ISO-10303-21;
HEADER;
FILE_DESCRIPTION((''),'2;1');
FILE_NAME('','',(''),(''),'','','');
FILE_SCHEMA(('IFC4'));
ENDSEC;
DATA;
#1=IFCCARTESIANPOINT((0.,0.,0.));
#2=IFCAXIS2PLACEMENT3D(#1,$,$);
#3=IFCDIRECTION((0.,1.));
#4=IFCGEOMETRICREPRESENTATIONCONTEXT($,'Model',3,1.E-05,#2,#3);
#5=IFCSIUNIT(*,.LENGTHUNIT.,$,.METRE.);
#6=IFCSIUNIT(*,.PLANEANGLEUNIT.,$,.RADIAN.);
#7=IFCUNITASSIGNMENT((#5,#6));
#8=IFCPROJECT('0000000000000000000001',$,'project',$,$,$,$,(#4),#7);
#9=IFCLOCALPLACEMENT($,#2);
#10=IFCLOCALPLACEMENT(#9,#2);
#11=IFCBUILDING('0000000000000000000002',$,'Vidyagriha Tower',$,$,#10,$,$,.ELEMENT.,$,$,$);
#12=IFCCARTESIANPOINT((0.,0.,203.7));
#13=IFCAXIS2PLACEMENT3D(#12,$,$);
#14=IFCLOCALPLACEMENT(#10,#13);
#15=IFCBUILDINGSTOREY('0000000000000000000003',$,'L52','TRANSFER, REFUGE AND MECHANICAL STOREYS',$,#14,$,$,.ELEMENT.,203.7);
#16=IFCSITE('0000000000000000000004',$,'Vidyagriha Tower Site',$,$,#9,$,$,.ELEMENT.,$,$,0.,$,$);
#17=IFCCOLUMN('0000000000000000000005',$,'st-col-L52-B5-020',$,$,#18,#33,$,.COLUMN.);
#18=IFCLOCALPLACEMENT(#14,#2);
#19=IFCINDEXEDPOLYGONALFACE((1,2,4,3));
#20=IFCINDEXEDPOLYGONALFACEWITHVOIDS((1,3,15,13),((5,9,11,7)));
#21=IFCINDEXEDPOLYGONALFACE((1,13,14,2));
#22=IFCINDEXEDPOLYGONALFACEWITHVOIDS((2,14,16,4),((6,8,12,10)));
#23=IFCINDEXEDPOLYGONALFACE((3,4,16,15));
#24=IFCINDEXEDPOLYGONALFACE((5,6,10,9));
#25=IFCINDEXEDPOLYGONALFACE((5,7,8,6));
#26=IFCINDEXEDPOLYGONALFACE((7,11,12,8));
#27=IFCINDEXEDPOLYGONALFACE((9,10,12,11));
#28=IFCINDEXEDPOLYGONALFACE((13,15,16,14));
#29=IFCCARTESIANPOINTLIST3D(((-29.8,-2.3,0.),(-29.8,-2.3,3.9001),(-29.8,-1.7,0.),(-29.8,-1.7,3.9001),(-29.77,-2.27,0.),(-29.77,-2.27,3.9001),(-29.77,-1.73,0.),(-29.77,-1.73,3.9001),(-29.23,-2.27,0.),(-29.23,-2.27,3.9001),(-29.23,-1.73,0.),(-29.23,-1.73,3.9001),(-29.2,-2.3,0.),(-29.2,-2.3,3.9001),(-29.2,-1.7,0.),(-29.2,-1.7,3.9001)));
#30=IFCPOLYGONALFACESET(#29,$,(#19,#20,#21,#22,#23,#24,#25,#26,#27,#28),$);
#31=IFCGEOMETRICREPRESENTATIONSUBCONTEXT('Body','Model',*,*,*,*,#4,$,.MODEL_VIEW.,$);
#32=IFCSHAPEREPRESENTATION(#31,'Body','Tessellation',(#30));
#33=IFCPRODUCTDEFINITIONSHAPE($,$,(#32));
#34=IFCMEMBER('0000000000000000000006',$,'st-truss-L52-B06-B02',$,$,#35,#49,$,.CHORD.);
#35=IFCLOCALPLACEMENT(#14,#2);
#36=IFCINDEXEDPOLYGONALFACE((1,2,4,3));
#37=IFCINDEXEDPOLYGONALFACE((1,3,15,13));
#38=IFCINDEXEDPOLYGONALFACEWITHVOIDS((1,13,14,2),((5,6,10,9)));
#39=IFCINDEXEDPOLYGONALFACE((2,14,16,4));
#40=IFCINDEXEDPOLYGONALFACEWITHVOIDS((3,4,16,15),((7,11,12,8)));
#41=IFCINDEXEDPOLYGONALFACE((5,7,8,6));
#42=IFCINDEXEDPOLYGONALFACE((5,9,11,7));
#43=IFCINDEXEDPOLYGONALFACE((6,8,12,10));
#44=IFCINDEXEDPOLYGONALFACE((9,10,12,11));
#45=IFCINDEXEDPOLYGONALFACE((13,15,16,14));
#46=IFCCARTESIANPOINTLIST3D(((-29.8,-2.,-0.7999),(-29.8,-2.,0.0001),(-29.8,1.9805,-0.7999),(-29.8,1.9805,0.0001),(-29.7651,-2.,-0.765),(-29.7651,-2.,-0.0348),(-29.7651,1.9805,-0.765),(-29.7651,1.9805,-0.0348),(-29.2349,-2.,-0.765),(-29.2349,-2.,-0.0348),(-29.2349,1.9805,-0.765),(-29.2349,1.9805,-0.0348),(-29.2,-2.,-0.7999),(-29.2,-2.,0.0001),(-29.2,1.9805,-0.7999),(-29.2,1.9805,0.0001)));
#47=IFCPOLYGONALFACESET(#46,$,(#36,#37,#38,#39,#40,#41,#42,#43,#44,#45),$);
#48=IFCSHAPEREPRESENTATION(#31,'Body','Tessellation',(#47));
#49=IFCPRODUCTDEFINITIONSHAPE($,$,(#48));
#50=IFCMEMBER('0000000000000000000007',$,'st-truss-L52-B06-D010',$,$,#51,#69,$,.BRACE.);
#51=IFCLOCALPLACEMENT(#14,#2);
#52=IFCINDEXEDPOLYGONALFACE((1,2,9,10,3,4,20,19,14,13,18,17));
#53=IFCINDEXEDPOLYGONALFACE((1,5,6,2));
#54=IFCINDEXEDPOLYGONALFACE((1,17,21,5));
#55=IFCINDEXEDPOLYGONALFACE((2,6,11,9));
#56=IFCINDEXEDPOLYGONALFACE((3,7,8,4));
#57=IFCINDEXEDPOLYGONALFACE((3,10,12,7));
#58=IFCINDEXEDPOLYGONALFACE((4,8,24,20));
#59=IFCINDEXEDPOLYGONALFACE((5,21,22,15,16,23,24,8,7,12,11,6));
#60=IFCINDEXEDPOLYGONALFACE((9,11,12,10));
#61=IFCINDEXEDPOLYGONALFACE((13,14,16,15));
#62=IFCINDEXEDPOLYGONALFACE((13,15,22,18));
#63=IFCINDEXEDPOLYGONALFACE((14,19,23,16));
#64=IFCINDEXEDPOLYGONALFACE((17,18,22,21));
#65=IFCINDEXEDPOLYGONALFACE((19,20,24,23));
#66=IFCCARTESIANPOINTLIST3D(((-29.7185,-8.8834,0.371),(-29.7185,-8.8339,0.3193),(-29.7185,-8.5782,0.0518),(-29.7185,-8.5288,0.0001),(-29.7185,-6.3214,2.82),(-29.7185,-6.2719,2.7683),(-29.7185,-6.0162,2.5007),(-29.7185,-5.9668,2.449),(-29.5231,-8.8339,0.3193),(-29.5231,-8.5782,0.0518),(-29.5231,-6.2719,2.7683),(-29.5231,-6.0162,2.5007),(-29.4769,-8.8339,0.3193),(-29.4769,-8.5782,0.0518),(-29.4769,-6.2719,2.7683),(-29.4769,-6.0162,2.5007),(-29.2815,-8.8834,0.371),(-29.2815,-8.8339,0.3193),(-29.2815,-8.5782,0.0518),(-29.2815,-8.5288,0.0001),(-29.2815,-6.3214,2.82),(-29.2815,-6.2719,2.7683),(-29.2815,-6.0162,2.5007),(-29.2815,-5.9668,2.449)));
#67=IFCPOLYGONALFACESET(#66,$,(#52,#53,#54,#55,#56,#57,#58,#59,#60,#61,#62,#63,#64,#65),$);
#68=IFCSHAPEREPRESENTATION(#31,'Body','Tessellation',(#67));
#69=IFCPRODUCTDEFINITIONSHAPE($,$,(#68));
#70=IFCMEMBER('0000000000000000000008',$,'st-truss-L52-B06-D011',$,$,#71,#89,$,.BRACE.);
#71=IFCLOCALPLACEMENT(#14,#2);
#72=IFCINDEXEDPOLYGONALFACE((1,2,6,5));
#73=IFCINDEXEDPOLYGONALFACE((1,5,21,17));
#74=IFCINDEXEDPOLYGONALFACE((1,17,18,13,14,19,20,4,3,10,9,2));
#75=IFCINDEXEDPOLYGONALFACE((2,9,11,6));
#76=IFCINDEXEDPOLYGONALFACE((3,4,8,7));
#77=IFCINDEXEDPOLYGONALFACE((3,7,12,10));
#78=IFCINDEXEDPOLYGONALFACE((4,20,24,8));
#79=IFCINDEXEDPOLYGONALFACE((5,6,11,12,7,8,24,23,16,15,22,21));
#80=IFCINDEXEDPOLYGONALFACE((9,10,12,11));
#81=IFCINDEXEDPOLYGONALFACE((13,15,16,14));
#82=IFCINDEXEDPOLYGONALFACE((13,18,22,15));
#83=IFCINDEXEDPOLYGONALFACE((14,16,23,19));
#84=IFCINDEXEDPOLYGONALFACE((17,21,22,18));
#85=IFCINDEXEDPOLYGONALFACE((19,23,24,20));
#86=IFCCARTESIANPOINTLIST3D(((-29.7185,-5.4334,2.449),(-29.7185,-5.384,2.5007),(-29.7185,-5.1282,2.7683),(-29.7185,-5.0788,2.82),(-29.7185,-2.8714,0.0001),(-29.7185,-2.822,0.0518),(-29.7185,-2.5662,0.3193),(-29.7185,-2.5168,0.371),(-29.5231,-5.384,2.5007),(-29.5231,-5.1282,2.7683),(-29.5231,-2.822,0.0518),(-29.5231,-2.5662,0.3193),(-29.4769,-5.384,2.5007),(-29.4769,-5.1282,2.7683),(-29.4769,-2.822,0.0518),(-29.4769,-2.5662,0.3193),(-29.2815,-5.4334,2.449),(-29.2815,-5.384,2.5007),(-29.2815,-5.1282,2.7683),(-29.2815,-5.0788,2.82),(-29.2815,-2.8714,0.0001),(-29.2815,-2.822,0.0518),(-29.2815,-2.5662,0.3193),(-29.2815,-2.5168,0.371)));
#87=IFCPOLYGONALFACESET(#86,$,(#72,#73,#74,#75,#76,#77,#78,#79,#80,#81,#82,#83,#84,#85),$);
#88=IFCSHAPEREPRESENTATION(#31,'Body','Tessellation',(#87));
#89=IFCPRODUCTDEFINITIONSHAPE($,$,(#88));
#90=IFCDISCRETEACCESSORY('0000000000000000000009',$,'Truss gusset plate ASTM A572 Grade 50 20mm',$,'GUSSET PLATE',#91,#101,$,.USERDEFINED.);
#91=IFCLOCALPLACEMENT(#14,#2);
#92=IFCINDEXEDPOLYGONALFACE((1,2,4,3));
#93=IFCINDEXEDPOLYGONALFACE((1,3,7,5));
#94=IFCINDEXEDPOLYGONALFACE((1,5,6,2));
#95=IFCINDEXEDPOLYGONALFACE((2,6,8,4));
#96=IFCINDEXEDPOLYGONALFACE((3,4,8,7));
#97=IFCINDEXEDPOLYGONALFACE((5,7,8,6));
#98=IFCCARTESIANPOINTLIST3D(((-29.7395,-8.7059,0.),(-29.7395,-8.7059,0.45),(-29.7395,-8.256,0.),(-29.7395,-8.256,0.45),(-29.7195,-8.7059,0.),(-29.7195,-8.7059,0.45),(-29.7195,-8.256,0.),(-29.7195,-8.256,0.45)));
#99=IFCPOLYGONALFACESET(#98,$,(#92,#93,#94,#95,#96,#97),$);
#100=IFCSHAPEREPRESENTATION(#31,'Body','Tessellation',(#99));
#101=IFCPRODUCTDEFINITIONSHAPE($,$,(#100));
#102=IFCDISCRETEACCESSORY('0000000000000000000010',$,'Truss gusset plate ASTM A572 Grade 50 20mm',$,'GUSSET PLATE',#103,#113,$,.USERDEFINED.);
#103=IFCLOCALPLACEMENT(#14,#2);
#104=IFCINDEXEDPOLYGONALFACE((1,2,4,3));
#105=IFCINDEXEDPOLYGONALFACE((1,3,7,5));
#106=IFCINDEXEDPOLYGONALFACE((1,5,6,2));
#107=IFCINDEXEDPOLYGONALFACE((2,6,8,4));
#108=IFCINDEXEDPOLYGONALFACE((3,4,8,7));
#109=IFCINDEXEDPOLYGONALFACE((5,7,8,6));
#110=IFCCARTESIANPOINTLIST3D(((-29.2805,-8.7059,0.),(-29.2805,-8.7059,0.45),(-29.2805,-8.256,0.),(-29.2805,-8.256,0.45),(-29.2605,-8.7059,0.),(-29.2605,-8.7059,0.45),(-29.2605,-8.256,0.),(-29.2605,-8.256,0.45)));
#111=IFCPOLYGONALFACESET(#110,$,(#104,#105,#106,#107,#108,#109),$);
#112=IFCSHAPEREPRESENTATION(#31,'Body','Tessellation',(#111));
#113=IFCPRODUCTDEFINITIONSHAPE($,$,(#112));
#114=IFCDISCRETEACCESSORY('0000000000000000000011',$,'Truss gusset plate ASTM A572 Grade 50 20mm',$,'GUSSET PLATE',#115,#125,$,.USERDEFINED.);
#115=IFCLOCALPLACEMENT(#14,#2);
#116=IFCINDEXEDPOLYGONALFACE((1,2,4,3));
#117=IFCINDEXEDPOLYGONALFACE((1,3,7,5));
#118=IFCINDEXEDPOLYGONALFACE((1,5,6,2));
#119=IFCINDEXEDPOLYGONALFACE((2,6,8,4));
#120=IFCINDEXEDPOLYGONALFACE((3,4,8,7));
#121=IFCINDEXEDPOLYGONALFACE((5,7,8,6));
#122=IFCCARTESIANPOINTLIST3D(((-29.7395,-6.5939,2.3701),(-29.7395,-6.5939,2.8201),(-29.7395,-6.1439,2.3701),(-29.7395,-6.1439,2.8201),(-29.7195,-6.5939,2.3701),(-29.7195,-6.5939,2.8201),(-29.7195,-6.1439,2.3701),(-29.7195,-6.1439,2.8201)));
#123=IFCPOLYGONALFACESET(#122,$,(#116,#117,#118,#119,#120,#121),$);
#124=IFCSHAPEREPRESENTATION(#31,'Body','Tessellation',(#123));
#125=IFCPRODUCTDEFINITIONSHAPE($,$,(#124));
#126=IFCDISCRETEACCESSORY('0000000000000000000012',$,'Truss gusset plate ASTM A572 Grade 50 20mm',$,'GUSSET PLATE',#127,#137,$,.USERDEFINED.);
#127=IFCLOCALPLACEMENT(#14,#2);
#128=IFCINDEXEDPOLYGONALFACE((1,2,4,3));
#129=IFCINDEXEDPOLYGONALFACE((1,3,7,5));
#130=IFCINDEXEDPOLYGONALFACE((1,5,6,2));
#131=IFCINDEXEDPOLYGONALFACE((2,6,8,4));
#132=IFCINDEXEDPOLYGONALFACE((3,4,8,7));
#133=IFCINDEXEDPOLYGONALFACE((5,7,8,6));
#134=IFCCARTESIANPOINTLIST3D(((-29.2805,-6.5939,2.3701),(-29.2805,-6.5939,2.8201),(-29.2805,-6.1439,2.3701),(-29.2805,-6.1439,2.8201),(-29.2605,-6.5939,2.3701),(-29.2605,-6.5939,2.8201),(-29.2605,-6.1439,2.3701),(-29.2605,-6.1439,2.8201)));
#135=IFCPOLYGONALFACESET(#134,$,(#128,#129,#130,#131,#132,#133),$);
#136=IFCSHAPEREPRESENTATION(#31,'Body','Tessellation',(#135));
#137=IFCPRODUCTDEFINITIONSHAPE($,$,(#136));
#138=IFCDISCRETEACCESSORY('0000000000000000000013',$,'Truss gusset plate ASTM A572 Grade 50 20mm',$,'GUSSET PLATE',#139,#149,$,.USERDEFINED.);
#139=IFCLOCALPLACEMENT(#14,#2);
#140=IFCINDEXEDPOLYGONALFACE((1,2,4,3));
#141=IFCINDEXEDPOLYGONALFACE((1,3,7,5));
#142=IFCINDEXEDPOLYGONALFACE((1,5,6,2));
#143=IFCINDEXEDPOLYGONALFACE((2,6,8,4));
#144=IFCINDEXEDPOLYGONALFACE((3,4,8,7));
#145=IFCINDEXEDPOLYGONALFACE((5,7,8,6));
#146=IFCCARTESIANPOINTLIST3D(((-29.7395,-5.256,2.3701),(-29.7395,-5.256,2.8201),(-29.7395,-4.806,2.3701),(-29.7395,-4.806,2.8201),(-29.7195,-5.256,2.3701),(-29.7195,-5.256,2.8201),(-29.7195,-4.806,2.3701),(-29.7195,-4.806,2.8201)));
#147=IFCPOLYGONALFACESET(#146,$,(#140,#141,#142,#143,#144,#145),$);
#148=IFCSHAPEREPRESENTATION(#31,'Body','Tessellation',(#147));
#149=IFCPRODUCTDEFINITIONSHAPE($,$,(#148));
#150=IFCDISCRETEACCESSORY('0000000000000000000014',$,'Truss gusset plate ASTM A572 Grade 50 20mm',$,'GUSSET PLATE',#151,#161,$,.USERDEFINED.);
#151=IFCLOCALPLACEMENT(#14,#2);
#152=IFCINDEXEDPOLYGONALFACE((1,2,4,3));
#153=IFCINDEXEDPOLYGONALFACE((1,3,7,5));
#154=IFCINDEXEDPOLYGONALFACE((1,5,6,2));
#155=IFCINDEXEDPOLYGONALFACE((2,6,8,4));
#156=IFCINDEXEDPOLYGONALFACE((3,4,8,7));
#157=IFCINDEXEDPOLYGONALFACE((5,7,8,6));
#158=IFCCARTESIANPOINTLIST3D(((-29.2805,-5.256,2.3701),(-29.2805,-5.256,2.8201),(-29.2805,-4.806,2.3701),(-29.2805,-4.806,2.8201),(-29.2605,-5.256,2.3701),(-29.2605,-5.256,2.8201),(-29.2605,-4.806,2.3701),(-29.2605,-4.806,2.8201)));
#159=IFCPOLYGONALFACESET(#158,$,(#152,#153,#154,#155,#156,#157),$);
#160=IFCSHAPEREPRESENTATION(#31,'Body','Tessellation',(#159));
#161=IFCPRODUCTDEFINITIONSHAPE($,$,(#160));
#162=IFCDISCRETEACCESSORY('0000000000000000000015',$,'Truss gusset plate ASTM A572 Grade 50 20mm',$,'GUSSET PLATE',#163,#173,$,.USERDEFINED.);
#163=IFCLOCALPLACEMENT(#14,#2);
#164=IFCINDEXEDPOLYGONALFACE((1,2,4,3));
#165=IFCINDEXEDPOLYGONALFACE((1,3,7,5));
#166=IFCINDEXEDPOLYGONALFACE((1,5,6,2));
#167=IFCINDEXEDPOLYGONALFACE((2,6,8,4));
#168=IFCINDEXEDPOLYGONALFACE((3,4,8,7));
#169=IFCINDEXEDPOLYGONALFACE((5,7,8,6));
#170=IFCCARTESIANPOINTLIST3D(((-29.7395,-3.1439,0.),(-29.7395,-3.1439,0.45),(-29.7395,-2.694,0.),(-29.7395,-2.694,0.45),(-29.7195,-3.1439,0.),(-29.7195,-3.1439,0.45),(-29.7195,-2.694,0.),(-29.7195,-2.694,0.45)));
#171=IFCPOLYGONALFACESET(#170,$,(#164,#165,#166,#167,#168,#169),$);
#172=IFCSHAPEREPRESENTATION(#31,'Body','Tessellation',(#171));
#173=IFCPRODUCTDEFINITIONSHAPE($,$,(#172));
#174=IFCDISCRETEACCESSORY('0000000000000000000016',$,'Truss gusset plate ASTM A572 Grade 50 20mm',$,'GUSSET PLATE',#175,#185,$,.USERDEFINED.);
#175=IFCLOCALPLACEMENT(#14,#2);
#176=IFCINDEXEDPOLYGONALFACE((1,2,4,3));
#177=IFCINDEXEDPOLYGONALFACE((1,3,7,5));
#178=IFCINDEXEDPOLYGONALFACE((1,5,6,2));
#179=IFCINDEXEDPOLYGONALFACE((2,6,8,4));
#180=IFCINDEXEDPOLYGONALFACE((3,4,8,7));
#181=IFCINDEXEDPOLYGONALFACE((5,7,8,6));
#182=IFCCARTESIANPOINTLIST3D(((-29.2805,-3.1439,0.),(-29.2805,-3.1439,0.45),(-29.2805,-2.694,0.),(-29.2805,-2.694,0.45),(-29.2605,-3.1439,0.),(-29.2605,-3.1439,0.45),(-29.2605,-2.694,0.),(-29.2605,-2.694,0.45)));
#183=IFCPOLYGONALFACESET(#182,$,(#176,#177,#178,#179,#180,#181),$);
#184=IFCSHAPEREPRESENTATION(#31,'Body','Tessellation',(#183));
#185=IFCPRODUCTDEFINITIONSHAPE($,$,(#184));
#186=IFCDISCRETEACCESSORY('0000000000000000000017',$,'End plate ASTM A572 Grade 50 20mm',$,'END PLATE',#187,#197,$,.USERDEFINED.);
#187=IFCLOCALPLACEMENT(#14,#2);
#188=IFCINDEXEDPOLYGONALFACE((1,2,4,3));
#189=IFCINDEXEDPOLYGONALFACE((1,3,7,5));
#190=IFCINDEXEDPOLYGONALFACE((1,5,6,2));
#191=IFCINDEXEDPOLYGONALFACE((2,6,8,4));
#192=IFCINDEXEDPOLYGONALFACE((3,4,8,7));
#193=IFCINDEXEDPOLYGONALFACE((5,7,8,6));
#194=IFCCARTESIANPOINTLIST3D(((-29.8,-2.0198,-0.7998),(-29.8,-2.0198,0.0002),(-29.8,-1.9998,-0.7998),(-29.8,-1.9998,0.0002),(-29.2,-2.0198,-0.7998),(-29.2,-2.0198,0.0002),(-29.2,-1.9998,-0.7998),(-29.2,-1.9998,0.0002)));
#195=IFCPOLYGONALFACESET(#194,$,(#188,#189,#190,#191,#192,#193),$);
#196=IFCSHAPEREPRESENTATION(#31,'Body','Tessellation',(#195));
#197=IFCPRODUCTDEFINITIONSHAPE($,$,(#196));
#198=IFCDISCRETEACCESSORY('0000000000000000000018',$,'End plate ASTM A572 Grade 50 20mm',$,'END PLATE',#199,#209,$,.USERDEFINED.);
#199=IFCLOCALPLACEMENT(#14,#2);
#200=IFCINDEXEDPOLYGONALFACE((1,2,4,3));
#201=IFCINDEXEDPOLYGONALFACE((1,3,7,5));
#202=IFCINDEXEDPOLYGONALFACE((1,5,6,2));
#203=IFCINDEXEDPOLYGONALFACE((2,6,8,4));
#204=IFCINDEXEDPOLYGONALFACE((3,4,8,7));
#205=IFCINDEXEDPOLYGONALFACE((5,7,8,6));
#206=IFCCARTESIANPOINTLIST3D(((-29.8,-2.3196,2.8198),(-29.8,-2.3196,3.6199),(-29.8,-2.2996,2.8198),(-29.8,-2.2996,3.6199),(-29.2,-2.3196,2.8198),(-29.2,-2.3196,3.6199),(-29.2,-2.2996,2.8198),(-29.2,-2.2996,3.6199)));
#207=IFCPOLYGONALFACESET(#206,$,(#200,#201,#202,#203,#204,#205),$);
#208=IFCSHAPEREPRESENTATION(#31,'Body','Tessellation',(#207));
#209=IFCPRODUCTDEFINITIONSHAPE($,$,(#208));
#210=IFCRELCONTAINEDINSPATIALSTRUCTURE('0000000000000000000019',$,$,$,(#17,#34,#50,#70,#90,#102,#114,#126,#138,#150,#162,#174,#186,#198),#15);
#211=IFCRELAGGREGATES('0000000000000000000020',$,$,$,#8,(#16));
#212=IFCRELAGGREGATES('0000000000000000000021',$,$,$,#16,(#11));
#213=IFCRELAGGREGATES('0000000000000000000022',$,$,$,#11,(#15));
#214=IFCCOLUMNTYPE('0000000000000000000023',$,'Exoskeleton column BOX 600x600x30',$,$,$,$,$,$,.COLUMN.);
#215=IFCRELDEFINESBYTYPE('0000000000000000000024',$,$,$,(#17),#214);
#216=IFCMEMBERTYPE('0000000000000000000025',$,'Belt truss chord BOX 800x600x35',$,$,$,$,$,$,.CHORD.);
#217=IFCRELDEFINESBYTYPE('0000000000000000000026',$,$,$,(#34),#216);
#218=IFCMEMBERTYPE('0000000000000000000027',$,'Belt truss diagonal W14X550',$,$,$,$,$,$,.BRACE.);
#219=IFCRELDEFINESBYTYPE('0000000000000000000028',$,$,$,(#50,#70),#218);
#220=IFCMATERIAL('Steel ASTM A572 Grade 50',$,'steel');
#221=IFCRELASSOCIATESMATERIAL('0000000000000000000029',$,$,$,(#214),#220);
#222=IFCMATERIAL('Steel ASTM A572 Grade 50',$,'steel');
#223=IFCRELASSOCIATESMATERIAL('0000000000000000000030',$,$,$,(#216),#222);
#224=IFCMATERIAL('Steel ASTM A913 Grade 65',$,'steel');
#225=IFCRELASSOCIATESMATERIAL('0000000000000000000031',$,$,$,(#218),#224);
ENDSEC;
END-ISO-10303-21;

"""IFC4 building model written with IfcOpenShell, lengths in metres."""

from ifc_helpers import new_model, si_unit, direction, frame, origin, origin_2d, place, context, subcontext, project, spatial, rectangle, hollow_rectangle, i_section, extrude, material, material_profile, profile_set, type_object, element, save


model = new_model("IFC4")

# Units and contexts
model_context = context("Model", 3, precision=1e-05, world=origin(), true_north=direction((0.0, 1.0)))
body_context = subcontext(model_context, "Body", "Model", "MODEL_VIEW")
ifc_project = project(units=[si_unit("LENGTHUNIT", "METRE"), si_unit("PLANEANGLEUNIT", "RADIAN")], contexts=[model_context])

# Site, building, storey
site_placement = place(None, origin())
site = spatial("IfcSite", under=ifc_project, at=site_placement, Name="Vidyagriha Tower Site", CompositionType="ELEMENT", RefElevation=0.0)
building_placement = place(site_placement, origin())
building = spatial("IfcBuilding", under=site, at=building_placement, Name="Vidyagriha Tower", CompositionType="ELEMENT")
storey_placement = place(building_placement, frame((0.0, 0.0, 203.7)))
storey = spatial("IfcBuildingStorey", under=building, at=storey_placement, Name="L52", Description="TRANSFER, REFUGE AND MECHANICAL STOREYS", CompositionType="ELEMENT", Elevation=203.7)

# Column
ifc_material_1 = material(Name="Steel ASTM A572 Grade 50", Category="steel")
ifc_material_profile_1 = material_profile(ifc_material_1, hollow_rectangle(XDim=0.6001, YDim=0.6001, WallThickness=0.03, at=origin_2d()), Name="BOX 600x600x30")
ifc_profile_set_1 = profile_set([ifc_material_profile_1], Name="Steel ASTM A572 Grade 50")
column_type = type_object("IfcColumnType", Name="Exoskeleton column BOX 600x600x30", PredefinedType="COLUMN", material=ifc_profile_set_1)
column_placement = place(storey_placement, frame((-29.5, -2.0, 0.0)))
element("IfcColumn", 1, at=column_placement, inside=storey, type_object=column_type, Name="st-col-L52-B5-020", PredefinedType="COLUMN", context=body_context, shape_type="SweptSolid", body=[
    extrude(hollow_rectangle(XDim=0.6001, YDim=0.6001, WallThickness=0.03, at=origin_2d()), origin(), (0.0, 0.0, 1.0), 3.9001),
])

# Members
ifc_material_2 = material(Name="Steel ASTM A572 Grade 50", Category="steel")
ifc_material_profile_2 = material_profile(ifc_material_2, hollow_rectangle(XDim=0.6001, YDim=0.8, WallThickness=0.0349, at=origin_2d()), Name="BOX 800x600x35")
ifc_profile_set_2 = profile_set([ifc_material_profile_2], Name="Steel ASTM A572 Grade 50")
member_type_1 = type_object("IfcMemberType", Name="Belt truss chord BOX 800x600x35", PredefinedType="CHORD", material=ifc_profile_set_2)
member_placement = place(storey_placement, frame((-29.5, -2.0, -0.3999), z_axis=(0.0, 1.0, 0.0), x_axis=(-1.0, 0.0, 0.0)))
element("IfcMember", 2, at=member_placement, inside=storey, type_object=member_type_1, Name="st-truss-L52-B06-B02", PredefinedType="CHORD", context=body_context, shape_type="SweptSolid", body=[
    extrude(hollow_rectangle(XDim=0.6001, YDim=0.8, WallThickness=0.0349, at=origin_2d()), origin(), (0.0, 0.0, 1.0), 3.9805),
])
ifc_material_3 = material(Name="Steel ASTM A913 Grade 65", Category="steel")
ifc_material_profile_3 = material_profile(ifc_material_3, i_section(OverallWidth=0.437, OverallDepth=0.5132, WebThickness=0.0461, FlangeThickness=0.0715, at=origin_2d()), Name="W14X550")
ifc_profile_set_3 = profile_set([ifc_material_profile_3], Name="Steel ASTM A913 Grade 65")
member_type_2 = type_object("IfcMemberType", Name="Belt truss diagonal W14X550", PredefinedType="BRACE", material=ifc_profile_set_3)
for number, where, z_axis, x_axis, name in (
    (3, (-29.5, -8.7061, 0.1855), (0.0, 0.722874, 0.69098), (-1.0, 0.0, 0.0), "st-truss-L52-B06-D010"),
    (4, (-29.5, -5.2561, 2.6345), (0.0, 0.722874, -0.69098), (-1.0, 0.0, 0.0), "st-truss-L52-B06-D011"),
):
    element("IfcMember", number, at=place(storey_placement, frame(where, z_axis=z_axis, x_axis=x_axis)), inside=storey, type_object=member_type_2, Name=name, PredefinedType="BRACE", context=body_context, shape_type="SweptSolid", body=[
        extrude(i_section(OverallWidth=0.437, OverallDepth=0.5132, WebThickness=0.0461, FlangeThickness=0.0715, at=origin_2d()), origin(), (0.0, 0.0, 1.0), 3.5442),
    ])

# Discrete accessories
for number, where, z_axis, x_axis, name in (
    (5, (-29.7295, -8.481, 0.0), (0.0, 0.0, 1.0), (0.0, 1.0, 0.0), "Truss gusset plate ASTM A572 Grade 50 20mm"),
    (6, (-29.2705, -8.481, 0.0), (0.0, 0.0, 1.0), (0.0, 1.0, 0.0), "Truss gusset plate ASTM A572 Grade 50 20mm"),
    (7, (-29.7295, -6.3689, 2.3701), (0.0, 0.0, 1.0), (0.0, 1.0, 0.0), "Truss gusset plate ASTM A572 Grade 50 20mm"),
    (8, (-29.2705, -6.3689, 2.3701), (0.0, 0.0, 1.0), (0.0, 1.0, 0.0), "Truss gusset plate ASTM A572 Grade 50 20mm"),
    (9, (-29.7295, -5.031, 2.3701), (0.0, 0.0, 1.0), (0.0, 1.0, 0.0), "Truss gusset plate ASTM A572 Grade 50 20mm"),
    (10, (-29.2705, -5.031, 2.3701), (0.0, 0.0, 1.0), (0.0, 1.0, 0.0), "Truss gusset plate ASTM A572 Grade 50 20mm"),
    (11, (-29.7295, -2.9189, 0.0), (0.0, 0.0, 1.0), (0.0, 1.0, 0.0), "Truss gusset plate ASTM A572 Grade 50 20mm"),
    (12, (-29.2705, -2.9189, 0.0), (0.0, 0.0, 1.0), (0.0, 1.0, 0.0), "Truss gusset plate ASTM A572 Grade 50 20mm"),
):
    element("IfcDiscreteAccessory", number, at=place(storey_placement, frame(where, z_axis=z_axis, x_axis=x_axis)), inside=storey, Name=name, ObjectType="GUSSET PLATE", PredefinedType="USERDEFINED", context=body_context, shape_type="SweptSolid", body=[
        extrude(rectangle(XDim=0.45, YDim=0.02, at=origin_2d()), origin(), (0.0, 0.0, 1.0), 0.45),
    ])
for number, where, z_axis, x_axis, name in (
    (13, (-29.5, -2.0098, -0.7998), (0.0, 0.0, 1.0), (0.0, 1.0, 0.0), "End plate ASTM A572 Grade 50 20mm"),
    (14, (-29.5, -2.3096, 2.8198), (0.0, 0.0, 1.0), (0.0, 1.0, 0.0), "End plate ASTM A572 Grade 50 20mm"),
):
    element("IfcDiscreteAccessory", number, at=place(storey_placement, frame(where, z_axis=z_axis, x_axis=x_axis)), inside=storey, Name=name, ObjectType="END PLATE", PredefinedType="USERDEFINED", context=body_context, shape_type="SweptSolid", body=[
        extrude(rectangle(XDim=0.02, YDim=0.6001, at=origin_2d()), origin(), (0.0, 0.0, 1.0), 0.8),
    ])

save(model, "model.ifc")
